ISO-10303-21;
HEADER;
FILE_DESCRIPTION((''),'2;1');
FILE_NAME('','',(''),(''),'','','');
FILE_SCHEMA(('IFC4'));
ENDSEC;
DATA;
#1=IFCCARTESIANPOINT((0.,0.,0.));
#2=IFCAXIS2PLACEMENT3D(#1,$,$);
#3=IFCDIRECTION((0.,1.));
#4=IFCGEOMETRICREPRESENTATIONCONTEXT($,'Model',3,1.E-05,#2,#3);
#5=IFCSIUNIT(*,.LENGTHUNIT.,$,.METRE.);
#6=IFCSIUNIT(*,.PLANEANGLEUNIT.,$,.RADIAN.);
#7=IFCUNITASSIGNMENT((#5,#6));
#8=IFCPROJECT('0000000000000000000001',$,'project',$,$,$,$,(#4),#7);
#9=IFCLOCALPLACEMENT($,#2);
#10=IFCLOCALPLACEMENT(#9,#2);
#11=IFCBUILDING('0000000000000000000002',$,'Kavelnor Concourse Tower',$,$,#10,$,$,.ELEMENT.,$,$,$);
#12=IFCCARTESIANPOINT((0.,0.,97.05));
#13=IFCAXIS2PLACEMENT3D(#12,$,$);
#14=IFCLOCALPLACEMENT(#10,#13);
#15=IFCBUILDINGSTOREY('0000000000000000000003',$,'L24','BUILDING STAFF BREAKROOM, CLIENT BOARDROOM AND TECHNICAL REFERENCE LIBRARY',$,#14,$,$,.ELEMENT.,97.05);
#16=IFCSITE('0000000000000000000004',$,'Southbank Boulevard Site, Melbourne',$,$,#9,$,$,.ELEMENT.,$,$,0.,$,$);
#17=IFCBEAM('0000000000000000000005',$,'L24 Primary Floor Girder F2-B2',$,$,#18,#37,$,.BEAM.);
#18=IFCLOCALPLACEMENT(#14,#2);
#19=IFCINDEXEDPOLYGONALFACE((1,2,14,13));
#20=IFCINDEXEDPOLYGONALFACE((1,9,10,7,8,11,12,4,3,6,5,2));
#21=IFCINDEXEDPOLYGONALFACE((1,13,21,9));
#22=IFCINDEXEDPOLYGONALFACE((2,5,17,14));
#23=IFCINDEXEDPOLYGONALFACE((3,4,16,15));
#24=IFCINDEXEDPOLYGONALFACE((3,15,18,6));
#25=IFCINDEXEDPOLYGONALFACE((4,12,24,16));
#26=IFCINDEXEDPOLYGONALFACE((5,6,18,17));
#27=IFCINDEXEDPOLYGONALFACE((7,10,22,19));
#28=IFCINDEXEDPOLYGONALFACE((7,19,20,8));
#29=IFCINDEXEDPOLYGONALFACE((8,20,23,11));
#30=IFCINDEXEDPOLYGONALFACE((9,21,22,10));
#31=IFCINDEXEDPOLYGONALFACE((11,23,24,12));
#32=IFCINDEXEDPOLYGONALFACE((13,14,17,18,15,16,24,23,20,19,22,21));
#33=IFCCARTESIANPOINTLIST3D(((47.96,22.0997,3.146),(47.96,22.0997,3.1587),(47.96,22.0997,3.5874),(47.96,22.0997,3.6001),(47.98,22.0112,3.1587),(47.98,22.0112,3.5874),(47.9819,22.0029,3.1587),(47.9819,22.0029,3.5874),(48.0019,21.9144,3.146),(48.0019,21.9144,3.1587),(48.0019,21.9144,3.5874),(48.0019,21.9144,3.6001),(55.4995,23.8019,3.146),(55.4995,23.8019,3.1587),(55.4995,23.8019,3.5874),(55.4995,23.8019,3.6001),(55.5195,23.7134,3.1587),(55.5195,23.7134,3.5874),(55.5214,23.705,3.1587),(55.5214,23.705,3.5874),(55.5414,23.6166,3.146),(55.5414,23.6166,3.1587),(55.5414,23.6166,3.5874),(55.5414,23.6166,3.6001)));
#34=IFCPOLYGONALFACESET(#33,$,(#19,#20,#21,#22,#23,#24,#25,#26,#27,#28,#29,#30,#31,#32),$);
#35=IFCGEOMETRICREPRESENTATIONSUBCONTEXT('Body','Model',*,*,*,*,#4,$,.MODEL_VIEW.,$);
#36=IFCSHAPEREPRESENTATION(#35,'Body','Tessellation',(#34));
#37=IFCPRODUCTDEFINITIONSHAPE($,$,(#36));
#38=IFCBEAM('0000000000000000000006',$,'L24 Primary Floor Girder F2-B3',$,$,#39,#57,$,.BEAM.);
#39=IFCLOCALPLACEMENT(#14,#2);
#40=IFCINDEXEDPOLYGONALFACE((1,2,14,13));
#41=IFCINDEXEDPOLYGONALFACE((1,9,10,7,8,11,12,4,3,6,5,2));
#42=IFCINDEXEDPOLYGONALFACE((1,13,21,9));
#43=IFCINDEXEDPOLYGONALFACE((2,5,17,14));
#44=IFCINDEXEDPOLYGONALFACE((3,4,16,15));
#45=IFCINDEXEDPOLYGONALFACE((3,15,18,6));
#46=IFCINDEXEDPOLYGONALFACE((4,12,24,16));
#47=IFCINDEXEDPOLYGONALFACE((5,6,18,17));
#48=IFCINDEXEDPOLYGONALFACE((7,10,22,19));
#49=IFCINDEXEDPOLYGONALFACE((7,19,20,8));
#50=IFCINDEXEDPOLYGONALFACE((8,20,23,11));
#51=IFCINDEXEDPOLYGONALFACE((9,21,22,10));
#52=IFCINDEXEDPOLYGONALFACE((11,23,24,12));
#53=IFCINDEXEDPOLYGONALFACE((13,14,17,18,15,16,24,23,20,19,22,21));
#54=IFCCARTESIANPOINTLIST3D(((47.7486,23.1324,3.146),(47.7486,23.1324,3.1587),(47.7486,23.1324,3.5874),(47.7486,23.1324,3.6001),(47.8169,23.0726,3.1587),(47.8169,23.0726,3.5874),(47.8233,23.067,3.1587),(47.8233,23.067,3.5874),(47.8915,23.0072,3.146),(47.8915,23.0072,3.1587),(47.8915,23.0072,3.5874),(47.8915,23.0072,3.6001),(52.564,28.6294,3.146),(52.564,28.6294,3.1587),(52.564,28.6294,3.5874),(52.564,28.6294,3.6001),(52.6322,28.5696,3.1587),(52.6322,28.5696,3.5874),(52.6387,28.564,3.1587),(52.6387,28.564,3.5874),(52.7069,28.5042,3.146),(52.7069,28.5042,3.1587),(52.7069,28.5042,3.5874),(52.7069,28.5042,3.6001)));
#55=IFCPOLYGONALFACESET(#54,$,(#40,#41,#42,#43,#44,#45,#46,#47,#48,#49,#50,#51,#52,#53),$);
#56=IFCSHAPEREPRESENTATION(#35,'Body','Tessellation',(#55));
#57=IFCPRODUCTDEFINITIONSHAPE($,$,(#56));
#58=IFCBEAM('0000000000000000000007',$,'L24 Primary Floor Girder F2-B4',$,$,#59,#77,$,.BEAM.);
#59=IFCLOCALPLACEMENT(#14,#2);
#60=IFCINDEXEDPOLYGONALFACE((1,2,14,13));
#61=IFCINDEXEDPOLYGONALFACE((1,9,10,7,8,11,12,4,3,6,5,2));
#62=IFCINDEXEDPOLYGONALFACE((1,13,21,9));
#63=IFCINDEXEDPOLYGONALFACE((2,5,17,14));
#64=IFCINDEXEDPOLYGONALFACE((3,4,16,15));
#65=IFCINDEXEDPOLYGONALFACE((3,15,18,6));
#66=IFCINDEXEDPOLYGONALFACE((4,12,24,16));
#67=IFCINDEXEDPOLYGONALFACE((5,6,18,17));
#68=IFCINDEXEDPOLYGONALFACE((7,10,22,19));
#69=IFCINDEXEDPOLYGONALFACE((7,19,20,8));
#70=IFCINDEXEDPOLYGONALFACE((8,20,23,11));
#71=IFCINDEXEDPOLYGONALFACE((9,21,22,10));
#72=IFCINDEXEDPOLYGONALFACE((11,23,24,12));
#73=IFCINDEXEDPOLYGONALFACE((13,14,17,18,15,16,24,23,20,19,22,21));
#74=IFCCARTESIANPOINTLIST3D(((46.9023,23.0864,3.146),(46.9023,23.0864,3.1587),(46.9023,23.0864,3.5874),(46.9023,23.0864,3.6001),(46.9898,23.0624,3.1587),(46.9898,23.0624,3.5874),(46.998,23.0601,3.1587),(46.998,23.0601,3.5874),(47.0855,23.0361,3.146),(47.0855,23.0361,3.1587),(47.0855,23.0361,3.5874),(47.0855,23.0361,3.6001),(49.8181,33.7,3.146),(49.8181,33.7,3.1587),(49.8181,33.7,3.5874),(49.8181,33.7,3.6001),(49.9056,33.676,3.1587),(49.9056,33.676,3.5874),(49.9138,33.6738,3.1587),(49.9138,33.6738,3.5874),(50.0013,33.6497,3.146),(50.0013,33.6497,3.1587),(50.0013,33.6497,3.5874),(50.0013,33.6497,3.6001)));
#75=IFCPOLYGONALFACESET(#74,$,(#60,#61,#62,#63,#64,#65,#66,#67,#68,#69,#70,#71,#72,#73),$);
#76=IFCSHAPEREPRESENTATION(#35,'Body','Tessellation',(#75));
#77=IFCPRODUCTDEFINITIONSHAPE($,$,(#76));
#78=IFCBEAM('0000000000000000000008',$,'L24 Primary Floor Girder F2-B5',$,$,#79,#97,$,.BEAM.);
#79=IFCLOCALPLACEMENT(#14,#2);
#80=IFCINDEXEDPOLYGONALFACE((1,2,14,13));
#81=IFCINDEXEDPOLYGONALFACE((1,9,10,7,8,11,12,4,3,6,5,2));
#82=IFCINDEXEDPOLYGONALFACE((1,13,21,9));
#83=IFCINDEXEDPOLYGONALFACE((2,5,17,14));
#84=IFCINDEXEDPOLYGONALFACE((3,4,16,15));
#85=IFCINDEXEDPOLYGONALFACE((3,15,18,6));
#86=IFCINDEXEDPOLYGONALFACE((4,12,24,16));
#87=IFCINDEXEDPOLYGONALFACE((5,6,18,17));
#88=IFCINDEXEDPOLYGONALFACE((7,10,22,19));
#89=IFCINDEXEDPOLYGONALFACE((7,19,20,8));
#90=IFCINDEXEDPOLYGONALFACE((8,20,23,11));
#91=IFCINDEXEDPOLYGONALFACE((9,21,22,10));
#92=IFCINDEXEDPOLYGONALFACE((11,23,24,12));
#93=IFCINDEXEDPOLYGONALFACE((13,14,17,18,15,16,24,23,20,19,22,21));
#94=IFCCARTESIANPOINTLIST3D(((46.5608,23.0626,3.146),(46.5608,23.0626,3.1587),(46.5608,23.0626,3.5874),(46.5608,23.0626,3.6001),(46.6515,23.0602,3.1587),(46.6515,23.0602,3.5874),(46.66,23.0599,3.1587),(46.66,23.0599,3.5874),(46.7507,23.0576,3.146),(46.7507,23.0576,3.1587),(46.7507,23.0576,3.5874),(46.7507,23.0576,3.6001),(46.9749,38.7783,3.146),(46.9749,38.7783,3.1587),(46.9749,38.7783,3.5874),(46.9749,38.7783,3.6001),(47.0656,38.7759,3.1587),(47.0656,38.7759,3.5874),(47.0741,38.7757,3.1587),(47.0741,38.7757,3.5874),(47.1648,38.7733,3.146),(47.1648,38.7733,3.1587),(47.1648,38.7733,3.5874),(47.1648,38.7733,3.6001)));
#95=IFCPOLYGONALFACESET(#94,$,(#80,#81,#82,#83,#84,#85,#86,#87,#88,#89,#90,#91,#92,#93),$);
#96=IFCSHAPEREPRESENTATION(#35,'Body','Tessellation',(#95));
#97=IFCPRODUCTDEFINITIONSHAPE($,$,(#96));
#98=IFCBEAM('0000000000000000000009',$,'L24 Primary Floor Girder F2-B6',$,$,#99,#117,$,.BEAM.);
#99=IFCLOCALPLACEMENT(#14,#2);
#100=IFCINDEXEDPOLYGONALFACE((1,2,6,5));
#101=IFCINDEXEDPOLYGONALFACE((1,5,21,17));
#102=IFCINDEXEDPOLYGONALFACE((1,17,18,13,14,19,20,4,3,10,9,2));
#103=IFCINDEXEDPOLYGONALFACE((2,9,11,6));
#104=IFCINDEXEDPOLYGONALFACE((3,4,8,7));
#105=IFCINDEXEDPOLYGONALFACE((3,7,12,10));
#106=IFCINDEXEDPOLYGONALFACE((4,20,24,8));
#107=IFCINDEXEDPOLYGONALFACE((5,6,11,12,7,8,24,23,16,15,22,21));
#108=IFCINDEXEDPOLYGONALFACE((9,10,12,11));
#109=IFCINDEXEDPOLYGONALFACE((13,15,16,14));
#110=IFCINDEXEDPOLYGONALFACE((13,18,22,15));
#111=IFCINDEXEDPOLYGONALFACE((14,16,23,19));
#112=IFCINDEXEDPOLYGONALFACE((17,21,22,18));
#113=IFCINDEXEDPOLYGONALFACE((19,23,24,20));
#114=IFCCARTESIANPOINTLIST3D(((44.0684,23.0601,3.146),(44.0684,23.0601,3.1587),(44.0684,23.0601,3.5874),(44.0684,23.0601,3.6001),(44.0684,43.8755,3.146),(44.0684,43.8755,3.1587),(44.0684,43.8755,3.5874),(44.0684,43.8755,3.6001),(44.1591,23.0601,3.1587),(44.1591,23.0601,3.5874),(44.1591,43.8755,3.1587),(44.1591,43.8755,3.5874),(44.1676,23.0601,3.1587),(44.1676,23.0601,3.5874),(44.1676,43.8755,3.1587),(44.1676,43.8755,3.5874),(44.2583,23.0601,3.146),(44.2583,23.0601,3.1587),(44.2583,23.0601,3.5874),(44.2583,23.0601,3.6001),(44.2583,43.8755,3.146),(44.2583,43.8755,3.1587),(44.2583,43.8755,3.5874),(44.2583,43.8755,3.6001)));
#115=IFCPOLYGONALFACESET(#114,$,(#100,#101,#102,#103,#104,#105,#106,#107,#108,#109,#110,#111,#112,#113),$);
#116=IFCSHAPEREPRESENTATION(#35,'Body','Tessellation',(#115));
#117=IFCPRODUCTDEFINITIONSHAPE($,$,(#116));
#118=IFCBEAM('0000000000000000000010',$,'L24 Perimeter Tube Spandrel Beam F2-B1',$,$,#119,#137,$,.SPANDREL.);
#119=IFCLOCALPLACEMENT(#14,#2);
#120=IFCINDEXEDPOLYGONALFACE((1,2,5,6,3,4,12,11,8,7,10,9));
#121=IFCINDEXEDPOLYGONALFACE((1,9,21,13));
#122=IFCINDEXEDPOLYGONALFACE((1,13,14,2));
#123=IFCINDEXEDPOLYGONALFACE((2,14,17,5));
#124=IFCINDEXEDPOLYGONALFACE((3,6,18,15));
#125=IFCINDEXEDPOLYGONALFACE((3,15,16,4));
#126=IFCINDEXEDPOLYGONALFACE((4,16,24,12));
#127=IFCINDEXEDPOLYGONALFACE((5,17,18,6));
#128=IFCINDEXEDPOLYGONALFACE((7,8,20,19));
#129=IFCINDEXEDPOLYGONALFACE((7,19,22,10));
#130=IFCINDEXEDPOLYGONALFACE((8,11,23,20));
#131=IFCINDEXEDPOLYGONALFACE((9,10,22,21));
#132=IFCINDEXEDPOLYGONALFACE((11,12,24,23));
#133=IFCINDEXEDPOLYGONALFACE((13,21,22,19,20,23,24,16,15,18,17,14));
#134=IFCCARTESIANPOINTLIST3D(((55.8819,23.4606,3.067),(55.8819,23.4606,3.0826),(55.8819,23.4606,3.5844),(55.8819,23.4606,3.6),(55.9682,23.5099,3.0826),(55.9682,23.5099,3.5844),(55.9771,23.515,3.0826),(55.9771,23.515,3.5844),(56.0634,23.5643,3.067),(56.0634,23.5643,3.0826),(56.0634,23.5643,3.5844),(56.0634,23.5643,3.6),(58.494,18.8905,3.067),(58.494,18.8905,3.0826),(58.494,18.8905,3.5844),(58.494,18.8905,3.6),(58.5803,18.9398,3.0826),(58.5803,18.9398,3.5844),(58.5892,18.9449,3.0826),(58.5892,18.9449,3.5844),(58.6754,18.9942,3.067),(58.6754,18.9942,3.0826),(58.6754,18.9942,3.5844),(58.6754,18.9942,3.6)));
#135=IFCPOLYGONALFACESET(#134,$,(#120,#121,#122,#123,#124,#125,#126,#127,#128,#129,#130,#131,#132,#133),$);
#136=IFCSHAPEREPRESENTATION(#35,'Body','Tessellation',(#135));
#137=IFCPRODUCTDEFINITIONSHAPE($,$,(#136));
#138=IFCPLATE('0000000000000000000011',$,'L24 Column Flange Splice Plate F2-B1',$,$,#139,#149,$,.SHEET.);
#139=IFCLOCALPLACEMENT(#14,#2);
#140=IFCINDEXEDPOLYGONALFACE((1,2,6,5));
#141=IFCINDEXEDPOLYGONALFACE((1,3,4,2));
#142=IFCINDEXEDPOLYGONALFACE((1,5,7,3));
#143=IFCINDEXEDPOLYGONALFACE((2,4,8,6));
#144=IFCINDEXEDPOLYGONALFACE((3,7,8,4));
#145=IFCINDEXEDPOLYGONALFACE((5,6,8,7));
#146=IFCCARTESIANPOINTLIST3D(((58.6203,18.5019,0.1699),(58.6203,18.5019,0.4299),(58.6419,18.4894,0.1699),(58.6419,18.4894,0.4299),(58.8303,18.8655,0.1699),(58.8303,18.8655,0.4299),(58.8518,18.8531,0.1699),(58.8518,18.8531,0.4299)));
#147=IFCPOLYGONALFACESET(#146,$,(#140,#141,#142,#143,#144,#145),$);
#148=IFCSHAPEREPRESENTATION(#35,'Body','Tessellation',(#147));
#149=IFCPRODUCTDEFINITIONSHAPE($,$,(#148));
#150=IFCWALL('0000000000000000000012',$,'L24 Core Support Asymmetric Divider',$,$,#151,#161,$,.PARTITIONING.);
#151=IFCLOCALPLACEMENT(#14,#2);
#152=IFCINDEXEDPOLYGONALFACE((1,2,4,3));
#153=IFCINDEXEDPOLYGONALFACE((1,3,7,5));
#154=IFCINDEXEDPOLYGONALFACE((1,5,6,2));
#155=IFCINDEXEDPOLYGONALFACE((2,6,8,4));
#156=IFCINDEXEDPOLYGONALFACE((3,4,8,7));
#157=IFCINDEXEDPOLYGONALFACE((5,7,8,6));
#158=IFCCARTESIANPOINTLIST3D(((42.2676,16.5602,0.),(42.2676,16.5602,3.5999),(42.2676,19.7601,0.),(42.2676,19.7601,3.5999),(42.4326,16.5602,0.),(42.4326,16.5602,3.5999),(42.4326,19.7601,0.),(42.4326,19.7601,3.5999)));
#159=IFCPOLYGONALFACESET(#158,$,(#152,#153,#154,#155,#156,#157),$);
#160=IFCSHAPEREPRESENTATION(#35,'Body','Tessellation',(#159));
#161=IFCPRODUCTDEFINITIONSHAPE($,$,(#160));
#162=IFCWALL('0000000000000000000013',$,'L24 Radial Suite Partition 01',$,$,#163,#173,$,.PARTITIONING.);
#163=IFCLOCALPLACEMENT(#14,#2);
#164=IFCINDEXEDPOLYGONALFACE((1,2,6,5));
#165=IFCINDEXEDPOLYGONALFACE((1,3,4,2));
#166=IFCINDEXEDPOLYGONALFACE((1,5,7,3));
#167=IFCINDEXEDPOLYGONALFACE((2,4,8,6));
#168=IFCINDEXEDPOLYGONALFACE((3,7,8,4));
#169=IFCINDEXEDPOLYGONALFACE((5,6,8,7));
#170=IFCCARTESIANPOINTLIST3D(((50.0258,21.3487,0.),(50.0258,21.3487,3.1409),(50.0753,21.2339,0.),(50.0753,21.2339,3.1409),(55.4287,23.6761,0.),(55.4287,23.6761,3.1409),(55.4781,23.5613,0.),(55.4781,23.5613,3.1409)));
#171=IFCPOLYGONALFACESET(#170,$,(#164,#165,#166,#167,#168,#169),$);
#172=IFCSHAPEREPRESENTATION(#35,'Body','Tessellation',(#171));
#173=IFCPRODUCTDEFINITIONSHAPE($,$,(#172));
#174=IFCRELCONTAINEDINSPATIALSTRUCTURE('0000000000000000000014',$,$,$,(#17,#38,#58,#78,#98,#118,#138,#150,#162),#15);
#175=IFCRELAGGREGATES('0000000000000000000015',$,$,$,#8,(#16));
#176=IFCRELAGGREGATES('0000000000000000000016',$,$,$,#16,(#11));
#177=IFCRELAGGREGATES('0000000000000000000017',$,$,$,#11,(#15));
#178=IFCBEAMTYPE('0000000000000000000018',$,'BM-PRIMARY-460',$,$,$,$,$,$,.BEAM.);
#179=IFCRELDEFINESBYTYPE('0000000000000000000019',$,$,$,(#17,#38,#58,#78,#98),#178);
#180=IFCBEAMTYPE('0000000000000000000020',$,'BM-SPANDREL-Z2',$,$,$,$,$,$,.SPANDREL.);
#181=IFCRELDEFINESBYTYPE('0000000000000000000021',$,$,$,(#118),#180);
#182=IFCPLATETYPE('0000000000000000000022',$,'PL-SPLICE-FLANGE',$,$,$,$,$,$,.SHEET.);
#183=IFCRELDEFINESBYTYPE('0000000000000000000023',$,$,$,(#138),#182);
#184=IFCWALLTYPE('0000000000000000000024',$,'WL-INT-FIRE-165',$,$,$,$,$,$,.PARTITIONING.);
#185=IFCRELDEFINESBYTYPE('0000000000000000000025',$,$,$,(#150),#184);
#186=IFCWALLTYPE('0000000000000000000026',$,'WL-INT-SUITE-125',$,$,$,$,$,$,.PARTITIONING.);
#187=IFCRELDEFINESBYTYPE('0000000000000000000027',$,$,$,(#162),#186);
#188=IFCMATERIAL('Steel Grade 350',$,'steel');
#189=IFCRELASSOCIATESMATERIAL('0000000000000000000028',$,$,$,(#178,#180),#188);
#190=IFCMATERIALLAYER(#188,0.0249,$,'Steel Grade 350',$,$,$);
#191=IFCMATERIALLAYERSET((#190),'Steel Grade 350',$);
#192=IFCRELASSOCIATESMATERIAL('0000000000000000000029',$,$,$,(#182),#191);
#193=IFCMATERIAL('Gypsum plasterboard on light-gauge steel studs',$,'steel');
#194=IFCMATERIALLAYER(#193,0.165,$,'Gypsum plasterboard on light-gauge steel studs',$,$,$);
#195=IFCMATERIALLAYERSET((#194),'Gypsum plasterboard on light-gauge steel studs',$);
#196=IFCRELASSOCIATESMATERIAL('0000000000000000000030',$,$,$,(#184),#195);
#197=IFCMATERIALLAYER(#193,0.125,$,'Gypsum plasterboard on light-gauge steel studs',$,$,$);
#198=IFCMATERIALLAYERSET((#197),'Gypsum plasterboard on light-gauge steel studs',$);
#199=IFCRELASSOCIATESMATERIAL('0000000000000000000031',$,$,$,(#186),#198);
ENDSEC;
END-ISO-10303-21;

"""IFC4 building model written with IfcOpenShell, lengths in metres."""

from ifc_helpers import new_model, si_unit, direction, frame, frame_2d, origin, origin_2d, place, context, subcontext, project, spatial, rectangle, i_section, extrude, material, layer, layer_set, material_profile, profile_set, type_object, element, save


model = new_model("IFC4")

# Units and contexts
model_context = context("Model", 3, precision=1e-05, world=origin(), true_north=direction((0.0, 1.0)))
body_context = subcontext(model_context, "Body", "Model", "MODEL_VIEW")
ifc_project = project(units=[si_unit("LENGTHUNIT", "METRE"), si_unit("PLANEANGLEUNIT", "RADIAN")], contexts=[model_context])

# Site, building, storey
site_placement = place(None, origin())
site = spatial("IfcSite", under=ifc_project, at=site_placement, Name="Southbank Boulevard Site, Melbourne", CompositionType="ELEMENT", RefElevation=0.0)
building_placement = place(site_placement, origin())
building = spatial("IfcBuilding", under=site, at=building_placement, Name="Kavelnor Concourse Tower", CompositionType="ELEMENT")
storey_placement = place(building_placement, frame((0.0, 0.0, 97.05)))
storey = spatial("IfcBuildingStorey", under=building, at=storey_placement, Name="L24", Description="BUILDING STAFF BREAKROOM, CLIENT BOARDROOM AND TECHNICAL REFERENCE LIBRARY", CompositionType="ELEMENT", Elevation=97.05)

# Shared definitions
ifc_material_1 = material(Name="Steel Grade 350", Category="steel")

# Beams
ifc_material_profile_1 = material_profile(ifc_material_1, i_section(OverallWidth=0.1899, OverallDepth=0.4541, WebThickness=0.0085, FlangeThickness=0.0127, at=origin_2d()), Name="460UB67")
ifc_profile_set_1 = profile_set([ifc_material_profile_1], Name="Steel Grade 350")
beam_type_1 = type_object("IfcBeamType", Name="BM-PRIMARY-460", PredefinedType="BEAM", material=ifc_profile_set_1)
beam_1_placement = place(storey_placement, frame((47.981, 22.0071, 3.373), z_axis=(0.97545, 0.22022, 0.0), x_axis=(-0.22022, 0.97545, 0.0)))
element("IfcBeam", 1, at=beam_1_placement, inside=storey, type_object=beam_type_1, Name="L24 Primary Floor Girder F2-B2", PredefinedType="BEAM", context=body_context, shape_type="SweptSolid", body=[
    extrude(i_section(OverallWidth=0.1899, OverallDepth=0.4541, WebThickness=0.0085, FlangeThickness=0.0127, at=origin_2d()), origin(), (0.0, 0.0, 1.0), 7.7292),
])
beam_2_placement = place(storey_placement, frame((47.8201, 23.0698, 3.373), z_axis=(0.65893, 0.752204, 0.0), x_axis=(-0.752204, 0.65893, 0.0)))
element("IfcBeam", 2, at=beam_2_placement, inside=storey, type_object=beam_type_1, Name="L24 Primary Floor Girder F2-B3", PredefinedType="BEAM", context=body_context, shape_type="SweptSolid", body=[
    extrude(i_section(OverallWidth=0.1899, OverallDepth=0.4541, WebThickness=0.0085, FlangeThickness=0.0127, at=origin_2d()), origin(), (0.0, 0.0, 1.0), 7.3079),
])
beam_3_placement = place(storey_placement, frame((46.9939, 23.0613, 3.373), z_axis=(0.264907, 0.964274, 0.0), x_axis=(-0.964274, 0.264907, 0.0)))
element("IfcBeam", 3, at=beam_3_placement, inside=storey, type_object=beam_type_1, Name="L24 Primary Floor Girder F2-B4", PredefinedType="BEAM", context=body_context, shape_type="SweptSolid", body=[
    extrude(i_section(OverallWidth=0.1899, OverallDepth=0.4541, WebThickness=0.0085, FlangeThickness=0.0127, at=origin_2d()), origin(), (0.0, 0.0, 1.0), 11.0068),
])
beam_4_placement = place(storey_placement, frame((46.6558, 23.0601, 3.373), z_axis=(0.026338, 0.999653, 0.0), x_axis=(-0.999653, 0.026338, 0.0)))
element("IfcBeam", 4, at=beam_4_placement, inside=storey, type_object=beam_type_1, Name="L24 Primary Floor Girder F2-B5", PredefinedType="BEAM", context=body_context, shape_type="SweptSolid", body=[
    extrude(i_section(OverallWidth=0.1899, OverallDepth=0.4541, WebThickness=0.0085, FlangeThickness=0.0127, at=origin_2d()), origin(), (0.0, 0.0, 1.0), 15.7212),
])
beam_5_placement = place(storey_placement, frame((44.1633, 23.0601, 3.373), z_axis=(0.0, 1.0, 0.0), x_axis=(-1.0, 0.0, 0.0)))
element("IfcBeam", 5, at=beam_5_placement, inside=storey, type_object=beam_type_1, Name="L24 Primary Floor Girder F2-B6", PredefinedType="BEAM", context=body_context, shape_type="SweptSolid", body=[
    extrude(i_section(OverallWidth=0.1899, OverallDepth=0.4541, WebThickness=0.0085, FlangeThickness=0.0127, at=origin_2d()), origin(), (0.0, 0.0, 1.0), 20.8154),
])
ifc_material_profile_2 = material_profile(ifc_material_1, i_section(OverallWidth=0.209, OverallDepth=0.533, WebThickness=0.0103, FlangeThickness=0.0156, at=origin_2d()), Name="530UB92")
ifc_profile_set_2 = profile_set([ifc_material_profile_2], Name="Steel Grade 350")
beam_type_2 = type_object("IfcBeamType", Name="BM-SPANDREL-Z2", PredefinedType="SPANDREL", material=ifc_profile_set_2)
beam_6_placement = place(storey_placement, frame((58.5847, 18.9424, 3.3335), z_axis=(-0.496224, 0.868195, 0.0), x_axis=(-0.868195, -0.496224, 0.0)))
element("IfcBeam", 6, at=beam_6_placement, inside=storey, type_object=beam_type_2, Name="L24 Perimeter Tube Spandrel Beam F2-B1", PredefinedType="SPANDREL", context=body_context, shape_type="SweptSolid", body=[
    extrude(i_section(OverallWidth=0.209, OverallDepth=0.533, WebThickness=0.0103, FlangeThickness=0.0156, at=origin_2d()), origin(), (0.0, 0.0, 1.0), 5.2639),
])

# Plate
ifc_layer_1 = layer(ifc_material_1, 0.0249, Name="Steel Grade 350")
ifc_layer_set_1 = layer_set([ifc_layer_1], Name="Steel Grade 350")
plate_type = type_object("IfcPlateType", Name="PL-SPLICE-FLANGE", PredefinedType="SHEET", material=ifc_layer_set_1)
plate_placement = place(storey_placement, frame((58.7361, 18.6775, 0.1699), z_axis=(0.0, 0.0, 1.0), x_axis=(-0.5, -0.866025, 0.0)))
element("IfcPlate", 7, at=plate_placement, inside=storey, type_object=plate_type, Name="L24 Column Flange Splice Plate F2-B1", PredefinedType="SHEET", context=body_context, shape_type="SweptSolid", body=[
    extrude(rectangle(XDim=0.4199, YDim=0.0249, at=origin_2d()), origin(), (0.0, 0.0, 1.0), 0.26),
])

# Walls
ifc_material_2 = material(Name="Gypsum plasterboard on light-gauge steel studs", Category="steel")
ifc_layer_2 = layer(ifc_material_2, 0.165, Name="Gypsum plasterboard on light-gauge steel studs")
ifc_layer_set_2 = layer_set([ifc_layer_2], Name="Gypsum plasterboard on light-gauge steel studs")
wall_type_1 = type_object("IfcWallType", Name="WL-INT-FIRE-165", PredefinedType="PARTITIONING", material=ifc_layer_set_2)
wall_1_placement = place(storey_placement, frame((42.3501, 16.5601, 0.0), z_axis=(0.0, 0.0, 1.0), x_axis=(0.0, 1.0, 0.0)))
element("IfcWall", 8, at=wall_1_placement, inside=storey, type_object=wall_type_1, Name="L24 Core Support Asymmetric Divider", PredefinedType="PARTITIONING", context=body_context, shape_type="SweptSolid", body=[
    extrude(rectangle(XDim=3.2, YDim=0.165, at=frame_2d((1.6001, 0.0))), origin(), (0.0, 0.0, 1.0), 3.5999),
])
ifc_layer_3 = layer(ifc_material_2, 0.125, Name="Gypsum plasterboard on light-gauge steel studs")
ifc_layer_set_3 = layer_set([ifc_layer_3], Name="Gypsum plasterboard on light-gauge steel studs")
wall_type_2 = type_object("IfcWallType", Name="WL-INT-SUITE-125", PredefinedType="PARTITIONING", material=ifc_layer_set_3)
wall_2_placement = place(storey_placement, frame((50.0505, 21.2913, 0.0), z_axis=(0.0, 0.0, 1.0), x_axis=(0.918411, 0.395627, 0.0)))
element("IfcWall", 9, at=wall_2_placement, inside=storey, type_object=wall_type_2, Name="L24 Radial Suite Partition 01", PredefinedType="PARTITIONING", context=body_context, shape_type="SweptSolid", body=[
    extrude(rectangle(XDim=5.8828, YDim=0.125, at=frame_2d((2.9414, 0.0))), origin(), (0.0, 0.0, 1.0), 3.1409),
])

save(model, "model.ifc")
